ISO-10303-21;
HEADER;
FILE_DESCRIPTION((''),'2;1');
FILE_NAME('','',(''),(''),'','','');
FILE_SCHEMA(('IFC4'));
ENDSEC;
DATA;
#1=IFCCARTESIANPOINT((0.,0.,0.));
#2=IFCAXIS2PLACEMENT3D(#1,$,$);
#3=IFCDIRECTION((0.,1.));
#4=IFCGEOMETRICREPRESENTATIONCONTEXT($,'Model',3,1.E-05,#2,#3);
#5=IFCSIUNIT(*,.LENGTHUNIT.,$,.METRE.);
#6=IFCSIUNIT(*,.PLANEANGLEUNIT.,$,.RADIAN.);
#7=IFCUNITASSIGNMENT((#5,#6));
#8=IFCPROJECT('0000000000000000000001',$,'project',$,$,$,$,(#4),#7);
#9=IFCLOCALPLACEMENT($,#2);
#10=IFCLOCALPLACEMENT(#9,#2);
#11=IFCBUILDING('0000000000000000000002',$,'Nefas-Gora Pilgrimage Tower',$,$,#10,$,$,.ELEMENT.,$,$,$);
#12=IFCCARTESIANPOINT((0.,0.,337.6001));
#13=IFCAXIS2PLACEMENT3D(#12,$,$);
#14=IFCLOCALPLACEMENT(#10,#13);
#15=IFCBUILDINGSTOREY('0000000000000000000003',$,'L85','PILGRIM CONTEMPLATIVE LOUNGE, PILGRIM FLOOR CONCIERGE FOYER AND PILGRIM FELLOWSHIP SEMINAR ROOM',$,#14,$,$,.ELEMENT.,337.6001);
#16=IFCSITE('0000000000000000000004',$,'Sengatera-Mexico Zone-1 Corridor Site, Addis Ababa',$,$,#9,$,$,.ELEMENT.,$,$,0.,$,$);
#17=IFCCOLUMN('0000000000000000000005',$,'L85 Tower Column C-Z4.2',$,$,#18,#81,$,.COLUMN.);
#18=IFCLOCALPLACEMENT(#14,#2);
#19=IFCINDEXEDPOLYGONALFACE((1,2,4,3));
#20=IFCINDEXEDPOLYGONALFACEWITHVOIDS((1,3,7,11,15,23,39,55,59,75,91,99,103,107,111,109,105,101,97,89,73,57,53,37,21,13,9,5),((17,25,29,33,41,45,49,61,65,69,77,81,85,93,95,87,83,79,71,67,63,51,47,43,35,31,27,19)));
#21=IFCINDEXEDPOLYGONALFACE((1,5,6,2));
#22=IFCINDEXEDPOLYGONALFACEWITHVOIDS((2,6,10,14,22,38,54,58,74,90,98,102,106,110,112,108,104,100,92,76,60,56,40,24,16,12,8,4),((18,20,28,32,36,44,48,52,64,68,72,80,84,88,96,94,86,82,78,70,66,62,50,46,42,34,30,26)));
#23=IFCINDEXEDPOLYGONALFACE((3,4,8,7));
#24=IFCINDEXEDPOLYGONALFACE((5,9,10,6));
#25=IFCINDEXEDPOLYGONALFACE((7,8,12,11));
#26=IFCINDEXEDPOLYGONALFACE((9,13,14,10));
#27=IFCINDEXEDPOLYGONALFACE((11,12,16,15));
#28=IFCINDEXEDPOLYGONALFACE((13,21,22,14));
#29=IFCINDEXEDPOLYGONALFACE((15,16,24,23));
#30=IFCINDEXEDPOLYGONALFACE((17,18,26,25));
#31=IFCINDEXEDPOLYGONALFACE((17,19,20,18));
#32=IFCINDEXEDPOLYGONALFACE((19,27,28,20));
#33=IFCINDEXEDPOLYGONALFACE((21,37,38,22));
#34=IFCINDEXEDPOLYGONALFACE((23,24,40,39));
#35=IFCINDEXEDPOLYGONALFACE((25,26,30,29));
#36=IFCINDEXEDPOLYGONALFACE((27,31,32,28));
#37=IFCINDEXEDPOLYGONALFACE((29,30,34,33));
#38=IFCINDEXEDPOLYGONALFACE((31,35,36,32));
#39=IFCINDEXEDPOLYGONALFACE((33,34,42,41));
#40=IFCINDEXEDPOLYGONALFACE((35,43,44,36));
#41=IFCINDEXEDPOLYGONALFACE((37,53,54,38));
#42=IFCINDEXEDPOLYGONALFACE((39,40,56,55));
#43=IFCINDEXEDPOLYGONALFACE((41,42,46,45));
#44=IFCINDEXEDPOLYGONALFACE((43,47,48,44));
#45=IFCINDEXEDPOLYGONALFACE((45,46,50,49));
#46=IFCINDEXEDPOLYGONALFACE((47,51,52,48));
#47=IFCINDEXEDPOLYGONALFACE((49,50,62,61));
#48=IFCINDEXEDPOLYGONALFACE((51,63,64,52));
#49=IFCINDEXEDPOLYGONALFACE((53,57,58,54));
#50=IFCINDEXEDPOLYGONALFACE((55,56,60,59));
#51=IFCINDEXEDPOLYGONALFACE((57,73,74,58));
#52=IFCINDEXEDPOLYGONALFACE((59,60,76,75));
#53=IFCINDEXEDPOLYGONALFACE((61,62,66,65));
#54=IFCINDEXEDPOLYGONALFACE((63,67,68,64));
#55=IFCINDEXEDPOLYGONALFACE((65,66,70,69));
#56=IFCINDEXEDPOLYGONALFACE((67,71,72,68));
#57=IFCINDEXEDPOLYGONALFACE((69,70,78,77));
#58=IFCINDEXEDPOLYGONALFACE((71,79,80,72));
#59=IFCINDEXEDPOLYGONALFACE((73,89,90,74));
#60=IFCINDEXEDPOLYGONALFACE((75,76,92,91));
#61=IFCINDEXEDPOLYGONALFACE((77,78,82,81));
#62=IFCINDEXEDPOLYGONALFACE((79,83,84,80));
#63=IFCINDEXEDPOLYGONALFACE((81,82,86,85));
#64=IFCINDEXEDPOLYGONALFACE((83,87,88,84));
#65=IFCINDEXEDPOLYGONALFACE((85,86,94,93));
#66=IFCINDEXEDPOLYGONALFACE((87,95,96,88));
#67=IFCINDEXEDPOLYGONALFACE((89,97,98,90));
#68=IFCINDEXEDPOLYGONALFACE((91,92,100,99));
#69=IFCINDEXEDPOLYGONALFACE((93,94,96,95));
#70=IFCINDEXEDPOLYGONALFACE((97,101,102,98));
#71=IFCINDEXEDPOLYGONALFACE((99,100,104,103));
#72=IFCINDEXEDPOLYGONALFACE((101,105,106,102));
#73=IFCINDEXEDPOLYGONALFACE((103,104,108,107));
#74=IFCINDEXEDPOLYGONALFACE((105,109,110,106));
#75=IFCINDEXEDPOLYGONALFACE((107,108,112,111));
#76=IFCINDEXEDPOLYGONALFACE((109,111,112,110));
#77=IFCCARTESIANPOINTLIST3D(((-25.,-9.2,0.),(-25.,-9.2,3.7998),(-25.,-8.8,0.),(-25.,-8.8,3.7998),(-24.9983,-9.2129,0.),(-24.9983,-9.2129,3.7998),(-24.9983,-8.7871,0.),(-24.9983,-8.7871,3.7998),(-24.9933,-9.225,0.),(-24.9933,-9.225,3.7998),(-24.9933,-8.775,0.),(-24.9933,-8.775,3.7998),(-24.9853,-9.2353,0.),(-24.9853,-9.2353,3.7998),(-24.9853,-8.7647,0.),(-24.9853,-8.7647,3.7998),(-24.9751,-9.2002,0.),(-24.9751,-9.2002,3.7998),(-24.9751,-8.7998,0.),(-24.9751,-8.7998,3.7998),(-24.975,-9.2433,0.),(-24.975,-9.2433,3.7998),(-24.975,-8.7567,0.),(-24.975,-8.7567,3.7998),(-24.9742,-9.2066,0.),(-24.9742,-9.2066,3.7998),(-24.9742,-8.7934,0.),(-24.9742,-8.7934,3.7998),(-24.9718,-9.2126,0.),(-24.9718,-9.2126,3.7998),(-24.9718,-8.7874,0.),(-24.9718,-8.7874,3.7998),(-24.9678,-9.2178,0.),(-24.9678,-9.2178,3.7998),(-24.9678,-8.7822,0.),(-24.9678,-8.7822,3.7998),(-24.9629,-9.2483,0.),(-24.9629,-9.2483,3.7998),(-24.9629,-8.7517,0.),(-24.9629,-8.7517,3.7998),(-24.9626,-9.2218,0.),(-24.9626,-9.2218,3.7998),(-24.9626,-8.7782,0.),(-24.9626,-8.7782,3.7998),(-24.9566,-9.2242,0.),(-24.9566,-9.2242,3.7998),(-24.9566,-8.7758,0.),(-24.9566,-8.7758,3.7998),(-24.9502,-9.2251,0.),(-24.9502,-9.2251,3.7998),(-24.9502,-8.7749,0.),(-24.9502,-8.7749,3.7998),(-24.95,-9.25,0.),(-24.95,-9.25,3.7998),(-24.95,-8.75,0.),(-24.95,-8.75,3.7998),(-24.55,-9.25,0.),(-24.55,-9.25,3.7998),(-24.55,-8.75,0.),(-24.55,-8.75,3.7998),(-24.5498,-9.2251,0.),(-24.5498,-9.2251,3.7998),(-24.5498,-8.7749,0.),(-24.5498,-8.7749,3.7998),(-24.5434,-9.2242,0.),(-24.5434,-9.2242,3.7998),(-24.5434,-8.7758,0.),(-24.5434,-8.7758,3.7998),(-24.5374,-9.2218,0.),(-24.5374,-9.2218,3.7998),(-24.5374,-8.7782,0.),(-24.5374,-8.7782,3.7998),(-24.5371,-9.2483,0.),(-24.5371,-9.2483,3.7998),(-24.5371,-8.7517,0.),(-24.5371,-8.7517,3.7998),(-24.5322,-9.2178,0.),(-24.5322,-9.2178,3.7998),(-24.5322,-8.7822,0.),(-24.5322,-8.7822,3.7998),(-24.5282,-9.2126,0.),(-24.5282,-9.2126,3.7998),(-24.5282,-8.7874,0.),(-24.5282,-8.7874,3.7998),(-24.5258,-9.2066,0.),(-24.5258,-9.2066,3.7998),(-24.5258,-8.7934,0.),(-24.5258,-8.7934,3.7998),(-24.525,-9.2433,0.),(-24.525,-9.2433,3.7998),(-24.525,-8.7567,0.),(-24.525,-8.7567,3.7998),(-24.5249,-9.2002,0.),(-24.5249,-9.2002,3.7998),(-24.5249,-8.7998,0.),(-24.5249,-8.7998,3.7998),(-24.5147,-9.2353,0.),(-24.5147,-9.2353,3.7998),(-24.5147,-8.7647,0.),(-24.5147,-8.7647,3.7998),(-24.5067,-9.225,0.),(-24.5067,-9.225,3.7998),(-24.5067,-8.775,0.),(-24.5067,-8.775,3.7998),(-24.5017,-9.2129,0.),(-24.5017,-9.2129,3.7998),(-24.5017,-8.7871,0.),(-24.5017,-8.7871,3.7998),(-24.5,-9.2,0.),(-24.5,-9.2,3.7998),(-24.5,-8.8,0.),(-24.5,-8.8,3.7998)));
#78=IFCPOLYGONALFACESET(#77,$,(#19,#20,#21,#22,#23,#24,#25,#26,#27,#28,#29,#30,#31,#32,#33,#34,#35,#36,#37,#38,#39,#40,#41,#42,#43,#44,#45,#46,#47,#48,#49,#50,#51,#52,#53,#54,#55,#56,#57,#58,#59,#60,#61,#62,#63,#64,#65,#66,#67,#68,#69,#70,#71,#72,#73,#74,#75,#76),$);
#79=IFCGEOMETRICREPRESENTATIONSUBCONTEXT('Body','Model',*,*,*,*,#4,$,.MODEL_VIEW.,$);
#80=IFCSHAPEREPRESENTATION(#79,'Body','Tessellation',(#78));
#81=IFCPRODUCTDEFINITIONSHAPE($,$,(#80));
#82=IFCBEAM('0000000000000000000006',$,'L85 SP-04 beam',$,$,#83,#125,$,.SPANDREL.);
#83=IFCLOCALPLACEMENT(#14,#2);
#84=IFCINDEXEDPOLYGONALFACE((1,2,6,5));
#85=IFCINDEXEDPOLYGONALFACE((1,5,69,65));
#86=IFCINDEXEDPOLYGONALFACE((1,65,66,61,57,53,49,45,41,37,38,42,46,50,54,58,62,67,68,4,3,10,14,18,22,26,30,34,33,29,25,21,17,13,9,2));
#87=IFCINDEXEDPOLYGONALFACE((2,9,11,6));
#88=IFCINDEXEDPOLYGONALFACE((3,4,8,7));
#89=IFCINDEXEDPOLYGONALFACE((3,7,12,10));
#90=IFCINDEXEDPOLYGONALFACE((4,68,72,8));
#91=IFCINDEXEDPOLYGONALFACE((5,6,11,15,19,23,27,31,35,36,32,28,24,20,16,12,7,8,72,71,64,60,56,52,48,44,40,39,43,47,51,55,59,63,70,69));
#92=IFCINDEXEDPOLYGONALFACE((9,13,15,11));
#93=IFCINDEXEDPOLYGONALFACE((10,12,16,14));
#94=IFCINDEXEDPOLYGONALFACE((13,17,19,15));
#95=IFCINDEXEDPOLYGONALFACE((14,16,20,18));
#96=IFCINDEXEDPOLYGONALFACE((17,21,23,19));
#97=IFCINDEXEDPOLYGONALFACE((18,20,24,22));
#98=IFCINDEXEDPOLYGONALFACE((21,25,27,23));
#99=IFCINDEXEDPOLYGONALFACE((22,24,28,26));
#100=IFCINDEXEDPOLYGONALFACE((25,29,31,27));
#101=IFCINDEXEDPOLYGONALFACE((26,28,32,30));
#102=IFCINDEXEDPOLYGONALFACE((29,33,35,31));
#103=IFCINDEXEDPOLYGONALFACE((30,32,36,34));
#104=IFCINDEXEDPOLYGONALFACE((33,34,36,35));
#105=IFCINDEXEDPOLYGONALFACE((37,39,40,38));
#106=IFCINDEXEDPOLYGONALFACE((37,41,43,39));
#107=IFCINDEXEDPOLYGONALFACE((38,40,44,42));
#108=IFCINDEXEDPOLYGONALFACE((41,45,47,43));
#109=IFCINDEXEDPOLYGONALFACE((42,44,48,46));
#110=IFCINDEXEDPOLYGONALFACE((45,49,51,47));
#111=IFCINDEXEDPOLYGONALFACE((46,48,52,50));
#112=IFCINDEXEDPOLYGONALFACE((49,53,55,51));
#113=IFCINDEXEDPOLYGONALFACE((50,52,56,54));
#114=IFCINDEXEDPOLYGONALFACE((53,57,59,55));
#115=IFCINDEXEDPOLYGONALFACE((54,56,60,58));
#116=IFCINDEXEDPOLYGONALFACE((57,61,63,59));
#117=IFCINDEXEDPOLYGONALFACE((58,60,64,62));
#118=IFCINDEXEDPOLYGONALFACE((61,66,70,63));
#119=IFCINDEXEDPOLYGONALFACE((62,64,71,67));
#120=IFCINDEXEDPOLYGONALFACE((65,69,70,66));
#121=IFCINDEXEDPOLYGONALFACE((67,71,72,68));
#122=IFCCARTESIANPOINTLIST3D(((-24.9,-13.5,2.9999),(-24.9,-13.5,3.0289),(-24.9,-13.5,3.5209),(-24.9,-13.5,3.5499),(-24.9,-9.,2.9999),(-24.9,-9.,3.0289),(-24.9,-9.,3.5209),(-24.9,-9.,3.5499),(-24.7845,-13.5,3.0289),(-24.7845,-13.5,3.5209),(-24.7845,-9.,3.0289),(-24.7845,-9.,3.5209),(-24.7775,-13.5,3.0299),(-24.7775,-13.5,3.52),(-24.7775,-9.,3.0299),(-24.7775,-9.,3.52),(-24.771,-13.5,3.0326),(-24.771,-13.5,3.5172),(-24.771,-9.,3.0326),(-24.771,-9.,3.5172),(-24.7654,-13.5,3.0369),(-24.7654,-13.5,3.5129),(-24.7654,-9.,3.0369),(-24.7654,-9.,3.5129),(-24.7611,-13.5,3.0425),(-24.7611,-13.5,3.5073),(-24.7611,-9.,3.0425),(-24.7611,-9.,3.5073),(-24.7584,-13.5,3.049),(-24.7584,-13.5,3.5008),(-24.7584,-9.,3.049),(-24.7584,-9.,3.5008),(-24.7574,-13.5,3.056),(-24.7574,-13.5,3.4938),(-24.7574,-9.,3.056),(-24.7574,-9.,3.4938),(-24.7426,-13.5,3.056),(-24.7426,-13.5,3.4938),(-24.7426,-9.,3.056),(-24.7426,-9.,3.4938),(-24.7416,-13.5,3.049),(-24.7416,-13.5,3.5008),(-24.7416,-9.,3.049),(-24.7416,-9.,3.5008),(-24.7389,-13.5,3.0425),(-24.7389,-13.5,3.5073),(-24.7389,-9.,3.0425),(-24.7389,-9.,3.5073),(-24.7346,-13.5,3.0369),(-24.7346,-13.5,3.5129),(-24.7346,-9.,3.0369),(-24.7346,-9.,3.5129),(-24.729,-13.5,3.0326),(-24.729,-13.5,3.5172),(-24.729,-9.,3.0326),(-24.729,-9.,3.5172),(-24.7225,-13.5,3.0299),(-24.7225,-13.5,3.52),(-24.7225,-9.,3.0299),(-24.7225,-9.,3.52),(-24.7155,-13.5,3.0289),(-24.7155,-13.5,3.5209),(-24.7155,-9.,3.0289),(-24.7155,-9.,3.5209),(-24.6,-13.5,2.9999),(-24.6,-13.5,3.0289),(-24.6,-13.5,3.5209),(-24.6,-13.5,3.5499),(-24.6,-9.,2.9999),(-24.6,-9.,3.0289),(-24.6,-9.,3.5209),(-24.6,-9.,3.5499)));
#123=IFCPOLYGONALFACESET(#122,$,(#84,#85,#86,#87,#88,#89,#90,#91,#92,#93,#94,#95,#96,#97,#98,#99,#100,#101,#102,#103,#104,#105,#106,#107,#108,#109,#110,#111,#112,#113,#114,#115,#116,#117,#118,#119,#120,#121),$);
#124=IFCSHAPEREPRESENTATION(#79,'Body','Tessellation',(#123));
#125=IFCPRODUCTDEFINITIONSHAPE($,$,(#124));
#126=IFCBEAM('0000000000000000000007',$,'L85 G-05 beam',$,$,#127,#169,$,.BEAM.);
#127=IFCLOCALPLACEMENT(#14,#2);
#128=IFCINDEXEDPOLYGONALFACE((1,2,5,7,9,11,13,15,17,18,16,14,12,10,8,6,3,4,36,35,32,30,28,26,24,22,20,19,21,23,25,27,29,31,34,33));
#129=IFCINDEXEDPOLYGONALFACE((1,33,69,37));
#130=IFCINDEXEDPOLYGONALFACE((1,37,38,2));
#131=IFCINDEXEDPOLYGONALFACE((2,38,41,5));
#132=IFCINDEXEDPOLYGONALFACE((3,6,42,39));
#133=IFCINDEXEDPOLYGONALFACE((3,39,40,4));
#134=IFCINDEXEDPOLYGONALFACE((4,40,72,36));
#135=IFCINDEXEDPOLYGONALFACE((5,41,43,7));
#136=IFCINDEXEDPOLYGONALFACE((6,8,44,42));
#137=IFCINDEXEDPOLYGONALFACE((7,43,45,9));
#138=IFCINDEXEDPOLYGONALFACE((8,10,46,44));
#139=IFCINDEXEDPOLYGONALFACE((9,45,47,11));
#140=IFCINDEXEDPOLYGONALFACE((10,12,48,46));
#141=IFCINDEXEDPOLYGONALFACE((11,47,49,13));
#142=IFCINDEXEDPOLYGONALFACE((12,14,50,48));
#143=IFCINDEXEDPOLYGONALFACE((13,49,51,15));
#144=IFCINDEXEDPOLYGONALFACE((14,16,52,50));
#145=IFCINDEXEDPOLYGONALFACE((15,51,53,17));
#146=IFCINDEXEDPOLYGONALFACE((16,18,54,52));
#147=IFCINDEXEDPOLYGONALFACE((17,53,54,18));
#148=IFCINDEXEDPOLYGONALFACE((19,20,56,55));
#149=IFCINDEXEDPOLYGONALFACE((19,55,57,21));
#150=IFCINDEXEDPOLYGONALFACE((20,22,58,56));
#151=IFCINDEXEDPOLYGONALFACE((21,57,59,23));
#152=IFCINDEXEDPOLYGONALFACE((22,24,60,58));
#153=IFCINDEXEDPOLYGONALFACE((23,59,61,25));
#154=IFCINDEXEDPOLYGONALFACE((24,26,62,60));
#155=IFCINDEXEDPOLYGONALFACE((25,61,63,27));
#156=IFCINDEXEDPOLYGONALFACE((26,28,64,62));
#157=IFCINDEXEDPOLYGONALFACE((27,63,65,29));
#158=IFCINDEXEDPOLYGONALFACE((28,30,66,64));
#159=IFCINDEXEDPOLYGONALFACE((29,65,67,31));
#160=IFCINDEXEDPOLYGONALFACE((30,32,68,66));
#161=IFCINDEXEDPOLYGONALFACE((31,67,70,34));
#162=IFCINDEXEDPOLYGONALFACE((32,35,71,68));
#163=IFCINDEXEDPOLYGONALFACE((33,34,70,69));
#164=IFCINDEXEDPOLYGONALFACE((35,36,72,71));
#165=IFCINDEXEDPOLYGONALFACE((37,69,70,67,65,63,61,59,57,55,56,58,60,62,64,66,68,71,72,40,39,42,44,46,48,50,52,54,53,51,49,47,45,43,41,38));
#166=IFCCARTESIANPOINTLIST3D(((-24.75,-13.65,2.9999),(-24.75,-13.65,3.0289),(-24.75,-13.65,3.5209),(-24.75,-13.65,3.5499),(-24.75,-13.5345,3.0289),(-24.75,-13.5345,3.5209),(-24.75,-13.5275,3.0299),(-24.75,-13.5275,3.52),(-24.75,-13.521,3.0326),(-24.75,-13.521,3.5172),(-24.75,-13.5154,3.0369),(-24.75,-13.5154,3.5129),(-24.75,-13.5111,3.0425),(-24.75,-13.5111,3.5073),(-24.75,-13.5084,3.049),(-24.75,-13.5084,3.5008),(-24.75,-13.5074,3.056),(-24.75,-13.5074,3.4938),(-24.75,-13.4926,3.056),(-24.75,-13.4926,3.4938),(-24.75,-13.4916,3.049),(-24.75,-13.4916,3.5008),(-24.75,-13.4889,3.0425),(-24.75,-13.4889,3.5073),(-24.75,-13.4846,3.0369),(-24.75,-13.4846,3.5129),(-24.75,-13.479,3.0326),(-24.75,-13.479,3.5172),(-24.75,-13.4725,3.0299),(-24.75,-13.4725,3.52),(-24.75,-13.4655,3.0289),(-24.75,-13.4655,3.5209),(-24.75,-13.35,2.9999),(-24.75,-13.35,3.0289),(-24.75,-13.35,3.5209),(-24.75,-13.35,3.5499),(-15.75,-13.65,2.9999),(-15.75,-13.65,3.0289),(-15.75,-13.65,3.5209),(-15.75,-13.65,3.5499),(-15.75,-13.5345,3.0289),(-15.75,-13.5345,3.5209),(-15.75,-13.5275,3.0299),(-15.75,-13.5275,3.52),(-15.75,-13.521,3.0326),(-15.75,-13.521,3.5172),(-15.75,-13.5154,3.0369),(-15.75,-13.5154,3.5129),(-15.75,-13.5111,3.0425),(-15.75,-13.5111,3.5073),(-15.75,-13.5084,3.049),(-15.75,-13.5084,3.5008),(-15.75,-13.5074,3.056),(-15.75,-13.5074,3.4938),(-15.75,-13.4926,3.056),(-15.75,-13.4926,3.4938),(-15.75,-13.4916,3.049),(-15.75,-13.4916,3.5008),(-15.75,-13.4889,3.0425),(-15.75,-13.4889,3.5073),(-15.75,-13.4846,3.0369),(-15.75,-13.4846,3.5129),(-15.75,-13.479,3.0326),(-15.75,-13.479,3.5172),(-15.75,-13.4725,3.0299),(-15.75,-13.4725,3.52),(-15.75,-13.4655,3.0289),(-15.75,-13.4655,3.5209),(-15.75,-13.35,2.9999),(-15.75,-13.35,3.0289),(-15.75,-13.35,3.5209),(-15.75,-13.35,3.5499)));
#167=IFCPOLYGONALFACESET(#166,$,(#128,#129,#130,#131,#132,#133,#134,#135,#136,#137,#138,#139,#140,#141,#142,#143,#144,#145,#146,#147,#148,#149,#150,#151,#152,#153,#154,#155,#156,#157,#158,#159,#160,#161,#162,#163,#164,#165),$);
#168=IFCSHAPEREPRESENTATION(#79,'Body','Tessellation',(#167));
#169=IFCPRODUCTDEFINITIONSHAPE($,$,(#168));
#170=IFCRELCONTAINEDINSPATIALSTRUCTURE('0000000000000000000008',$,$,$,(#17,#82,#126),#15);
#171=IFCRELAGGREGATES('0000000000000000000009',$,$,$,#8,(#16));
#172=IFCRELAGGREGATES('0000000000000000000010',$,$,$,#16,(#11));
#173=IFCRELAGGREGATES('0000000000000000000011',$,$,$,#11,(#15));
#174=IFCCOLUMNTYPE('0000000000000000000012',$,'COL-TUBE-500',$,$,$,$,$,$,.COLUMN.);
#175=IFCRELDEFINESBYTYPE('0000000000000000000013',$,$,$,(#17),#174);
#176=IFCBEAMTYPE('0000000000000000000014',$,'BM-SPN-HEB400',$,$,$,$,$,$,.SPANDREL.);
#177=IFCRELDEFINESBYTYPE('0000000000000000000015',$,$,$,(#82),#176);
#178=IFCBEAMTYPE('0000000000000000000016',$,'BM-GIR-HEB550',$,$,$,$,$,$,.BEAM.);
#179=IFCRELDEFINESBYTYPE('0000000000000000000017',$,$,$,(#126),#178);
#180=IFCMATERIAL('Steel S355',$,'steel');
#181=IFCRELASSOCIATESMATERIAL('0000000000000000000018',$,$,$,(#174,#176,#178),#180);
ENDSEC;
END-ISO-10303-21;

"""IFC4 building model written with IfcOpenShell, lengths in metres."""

from ifc_helpers import new_model, si_unit, direction, frame, origin, origin_2d, place, context, subcontext, project, spatial, hollow_rectangle, i_section, extrude, source, transform, mapped, material, material_profile, profile_set, type_object, element, save


model = new_model("IFC4")

# Units and contexts
model_context = context("Model", 3, precision=1e-05, world=origin(), true_north=direction((0.0, 1.0)))
body_context = subcontext(model_context, "Body", "Model", "MODEL_VIEW")
ifc_project = project(units=[si_unit("LENGTHUNIT", "METRE"), si_unit("PLANEANGLEUNIT", "RADIAN")], contexts=[model_context])

# Site, building, storey
site_placement = place(None, origin())
site = spatial("IfcSite", under=ifc_project, at=site_placement, Name="Sengatera-Mexico Zone-1 Corridor Site, Addis Ababa", CompositionType="ELEMENT", RefElevation=0.0)
building_placement = place(site_placement, origin())
building = spatial("IfcBuilding", under=site, at=building_placement, Name="Nefas-Gora Pilgrimage Tower", CompositionType="ELEMENT")
storey_placement = place(building_placement, frame((0.0, 0.0, 337.6001)))
storey = spatial("IfcBuildingStorey", under=building, at=storey_placement, Name="L85", Description="PILGRIM CONTEMPLATIVE LOUNGE, PILGRIM FLOOR CONCIERGE FOYER AND PILGRIM FELLOWSHIP SEMINAR ROOM", CompositionType="ELEMENT", Elevation=337.6001)

# Column
ifc_material_1 = material(Name="Steel S355", Category="steel")
ifc_material_profile_1 = material_profile(ifc_material_1, hollow_rectangle(XDim=0.5, YDim=0.5, WallThickness=0.0249, InnerFilletRadius=0.0249, OuterFilletRadius=0.05, at=origin_2d()), Name="SHS 500x500x25")
ifc_profile_set_1 = profile_set([ifc_material_profile_1], Name="Steel S355")
column_type_1 = type_object("IfcColumnType", Name="COL-TUBE-500", PredefinedType="COLUMN", material=ifc_profile_set_1)
shared_shape_1 = source(origin(), body_context, "Body", "SweptSolid", [
    extrude(hollow_rectangle(XDim=0.5, YDim=0.5, WallThickness=0.0249, InnerFilletRadius=0.0249, OuterFilletRadius=0.05, at=origin_2d()), origin(), (0.0, 0.0, 1.0), 3.7998),
])
for number, where, z_axis, x_axis, name in (
    (1, (-24.75, -9.0, 0.0), (0.0, 0.0, 1.0), (1.0, 0.0, 0.0), "L85 Tower Column C-Z4.2"),
):
    element("IfcColumn", number, at=place(storey_placement, frame(where, z_axis=z_axis, x_axis=x_axis)), inside=storey, type_object=column_type_1, Name=name, PredefinedType="COLUMN", context=body_context, shape_type="MappedRepresentation", body=[
        mapped(shared_shape_1, transform((0.0, 0.0, 0.0), x_axis=(1.0, 0.0, 0.0), y_axis=(0.0, 1.0, 0.0), z_axis=(0.0, 0.0, 1.0), scale=1.0)),
    ])

# Beams
ifc_material_profile_2 = material_profile(ifc_material_1, i_section(OverallWidth=0.3, OverallDepth=0.55, WebThickness=0.0149, FlangeThickness=0.0291, FilletRadius=0.0271, at=origin_2d()), Name="HEB 550")
ifc_profile_set_2 = profile_set([ifc_material_profile_2], Name="Steel S355")
beam_type_1 = type_object("IfcBeamType", Name="BM-SPN-HEB400", PredefinedType="SPANDREL", material=ifc_profile_set_2)
shared_shape_2 = source(origin(), body_context, "Body", "SweptSolid", [
    extrude(i_section(OverallWidth=0.3, OverallDepth=0.55, WebThickness=0.0149, FlangeThickness=0.0291, FilletRadius=0.0271, at=origin_2d()), origin(), (0.0, 0.0, 1.0), 4.5),
])
beam_placement = place(storey_placement, frame((-24.75, -13.5, 3.2749), z_axis=(0.0, 1.0, 0.0), x_axis=(-1.0, 0.0, 0.0)))
element("IfcBeam", 2, at=beam_placement, inside=storey, type_object=beam_type_1, Name="L85 SP-04 beam", PredefinedType="SPANDREL", context=body_context, shape_type="MappedRepresentation", body=[
    mapped(shared_shape_2, transform((0.0, 0.0, 0.0), x_axis=(1.0, 0.0, 0.0), y_axis=(0.0, 1.0, 0.0), z_axis=(0.0, 0.0, 1.0), scale=1.0)),
])
ifc_material_profile_3 = material_profile(ifc_material_1, i_section(OverallWidth=0.3, OverallDepth=0.55, WebThickness=0.0149, FlangeThickness=0.0291, FilletRadius=0.0271, at=origin_2d()), Name="HEB 550")
ifc_profile_set_3 = profile_set([ifc_material_profile_3], Name="Steel S355")
beam_type_2 = type_object("IfcBeamType", Name="BM-GIR-HEB550", PredefinedType="BEAM", material=ifc_profile_set_3)
shared_shape_3 = source(origin(), body_context, "Body", "SweptSolid", [
    extrude(i_section(OverallWidth=0.3, OverallDepth=0.55, WebThickness=0.0149, FlangeThickness=0.0291, FilletRadius=0.0271, at=origin_2d()), origin(), (0.0, 0.0, 1.0), 9.0),
])
for number, where, z_axis, x_axis, name in (
    (3, (-24.75, -13.5, 3.2749), (1.0, 0.0, 0.0), (0.0, 1.0, 0.0), "L85 G-05 beam"),
):
    element("IfcBeam", number, at=place(storey_placement, frame(where, z_axis=z_axis, x_axis=x_axis)), inside=storey, type_object=beam_type_2, Name=name, PredefinedType="BEAM", context=body_context, shape_type="MappedRepresentation", body=[
        mapped(shared_shape_3, transform((0.0, 0.0, 0.0), x_axis=(1.0, 0.0, 0.0), y_axis=(0.0, 1.0, 0.0), z_axis=(0.0, 0.0, 1.0), scale=1.0)),
    ])

save(model, "model.ifc")
